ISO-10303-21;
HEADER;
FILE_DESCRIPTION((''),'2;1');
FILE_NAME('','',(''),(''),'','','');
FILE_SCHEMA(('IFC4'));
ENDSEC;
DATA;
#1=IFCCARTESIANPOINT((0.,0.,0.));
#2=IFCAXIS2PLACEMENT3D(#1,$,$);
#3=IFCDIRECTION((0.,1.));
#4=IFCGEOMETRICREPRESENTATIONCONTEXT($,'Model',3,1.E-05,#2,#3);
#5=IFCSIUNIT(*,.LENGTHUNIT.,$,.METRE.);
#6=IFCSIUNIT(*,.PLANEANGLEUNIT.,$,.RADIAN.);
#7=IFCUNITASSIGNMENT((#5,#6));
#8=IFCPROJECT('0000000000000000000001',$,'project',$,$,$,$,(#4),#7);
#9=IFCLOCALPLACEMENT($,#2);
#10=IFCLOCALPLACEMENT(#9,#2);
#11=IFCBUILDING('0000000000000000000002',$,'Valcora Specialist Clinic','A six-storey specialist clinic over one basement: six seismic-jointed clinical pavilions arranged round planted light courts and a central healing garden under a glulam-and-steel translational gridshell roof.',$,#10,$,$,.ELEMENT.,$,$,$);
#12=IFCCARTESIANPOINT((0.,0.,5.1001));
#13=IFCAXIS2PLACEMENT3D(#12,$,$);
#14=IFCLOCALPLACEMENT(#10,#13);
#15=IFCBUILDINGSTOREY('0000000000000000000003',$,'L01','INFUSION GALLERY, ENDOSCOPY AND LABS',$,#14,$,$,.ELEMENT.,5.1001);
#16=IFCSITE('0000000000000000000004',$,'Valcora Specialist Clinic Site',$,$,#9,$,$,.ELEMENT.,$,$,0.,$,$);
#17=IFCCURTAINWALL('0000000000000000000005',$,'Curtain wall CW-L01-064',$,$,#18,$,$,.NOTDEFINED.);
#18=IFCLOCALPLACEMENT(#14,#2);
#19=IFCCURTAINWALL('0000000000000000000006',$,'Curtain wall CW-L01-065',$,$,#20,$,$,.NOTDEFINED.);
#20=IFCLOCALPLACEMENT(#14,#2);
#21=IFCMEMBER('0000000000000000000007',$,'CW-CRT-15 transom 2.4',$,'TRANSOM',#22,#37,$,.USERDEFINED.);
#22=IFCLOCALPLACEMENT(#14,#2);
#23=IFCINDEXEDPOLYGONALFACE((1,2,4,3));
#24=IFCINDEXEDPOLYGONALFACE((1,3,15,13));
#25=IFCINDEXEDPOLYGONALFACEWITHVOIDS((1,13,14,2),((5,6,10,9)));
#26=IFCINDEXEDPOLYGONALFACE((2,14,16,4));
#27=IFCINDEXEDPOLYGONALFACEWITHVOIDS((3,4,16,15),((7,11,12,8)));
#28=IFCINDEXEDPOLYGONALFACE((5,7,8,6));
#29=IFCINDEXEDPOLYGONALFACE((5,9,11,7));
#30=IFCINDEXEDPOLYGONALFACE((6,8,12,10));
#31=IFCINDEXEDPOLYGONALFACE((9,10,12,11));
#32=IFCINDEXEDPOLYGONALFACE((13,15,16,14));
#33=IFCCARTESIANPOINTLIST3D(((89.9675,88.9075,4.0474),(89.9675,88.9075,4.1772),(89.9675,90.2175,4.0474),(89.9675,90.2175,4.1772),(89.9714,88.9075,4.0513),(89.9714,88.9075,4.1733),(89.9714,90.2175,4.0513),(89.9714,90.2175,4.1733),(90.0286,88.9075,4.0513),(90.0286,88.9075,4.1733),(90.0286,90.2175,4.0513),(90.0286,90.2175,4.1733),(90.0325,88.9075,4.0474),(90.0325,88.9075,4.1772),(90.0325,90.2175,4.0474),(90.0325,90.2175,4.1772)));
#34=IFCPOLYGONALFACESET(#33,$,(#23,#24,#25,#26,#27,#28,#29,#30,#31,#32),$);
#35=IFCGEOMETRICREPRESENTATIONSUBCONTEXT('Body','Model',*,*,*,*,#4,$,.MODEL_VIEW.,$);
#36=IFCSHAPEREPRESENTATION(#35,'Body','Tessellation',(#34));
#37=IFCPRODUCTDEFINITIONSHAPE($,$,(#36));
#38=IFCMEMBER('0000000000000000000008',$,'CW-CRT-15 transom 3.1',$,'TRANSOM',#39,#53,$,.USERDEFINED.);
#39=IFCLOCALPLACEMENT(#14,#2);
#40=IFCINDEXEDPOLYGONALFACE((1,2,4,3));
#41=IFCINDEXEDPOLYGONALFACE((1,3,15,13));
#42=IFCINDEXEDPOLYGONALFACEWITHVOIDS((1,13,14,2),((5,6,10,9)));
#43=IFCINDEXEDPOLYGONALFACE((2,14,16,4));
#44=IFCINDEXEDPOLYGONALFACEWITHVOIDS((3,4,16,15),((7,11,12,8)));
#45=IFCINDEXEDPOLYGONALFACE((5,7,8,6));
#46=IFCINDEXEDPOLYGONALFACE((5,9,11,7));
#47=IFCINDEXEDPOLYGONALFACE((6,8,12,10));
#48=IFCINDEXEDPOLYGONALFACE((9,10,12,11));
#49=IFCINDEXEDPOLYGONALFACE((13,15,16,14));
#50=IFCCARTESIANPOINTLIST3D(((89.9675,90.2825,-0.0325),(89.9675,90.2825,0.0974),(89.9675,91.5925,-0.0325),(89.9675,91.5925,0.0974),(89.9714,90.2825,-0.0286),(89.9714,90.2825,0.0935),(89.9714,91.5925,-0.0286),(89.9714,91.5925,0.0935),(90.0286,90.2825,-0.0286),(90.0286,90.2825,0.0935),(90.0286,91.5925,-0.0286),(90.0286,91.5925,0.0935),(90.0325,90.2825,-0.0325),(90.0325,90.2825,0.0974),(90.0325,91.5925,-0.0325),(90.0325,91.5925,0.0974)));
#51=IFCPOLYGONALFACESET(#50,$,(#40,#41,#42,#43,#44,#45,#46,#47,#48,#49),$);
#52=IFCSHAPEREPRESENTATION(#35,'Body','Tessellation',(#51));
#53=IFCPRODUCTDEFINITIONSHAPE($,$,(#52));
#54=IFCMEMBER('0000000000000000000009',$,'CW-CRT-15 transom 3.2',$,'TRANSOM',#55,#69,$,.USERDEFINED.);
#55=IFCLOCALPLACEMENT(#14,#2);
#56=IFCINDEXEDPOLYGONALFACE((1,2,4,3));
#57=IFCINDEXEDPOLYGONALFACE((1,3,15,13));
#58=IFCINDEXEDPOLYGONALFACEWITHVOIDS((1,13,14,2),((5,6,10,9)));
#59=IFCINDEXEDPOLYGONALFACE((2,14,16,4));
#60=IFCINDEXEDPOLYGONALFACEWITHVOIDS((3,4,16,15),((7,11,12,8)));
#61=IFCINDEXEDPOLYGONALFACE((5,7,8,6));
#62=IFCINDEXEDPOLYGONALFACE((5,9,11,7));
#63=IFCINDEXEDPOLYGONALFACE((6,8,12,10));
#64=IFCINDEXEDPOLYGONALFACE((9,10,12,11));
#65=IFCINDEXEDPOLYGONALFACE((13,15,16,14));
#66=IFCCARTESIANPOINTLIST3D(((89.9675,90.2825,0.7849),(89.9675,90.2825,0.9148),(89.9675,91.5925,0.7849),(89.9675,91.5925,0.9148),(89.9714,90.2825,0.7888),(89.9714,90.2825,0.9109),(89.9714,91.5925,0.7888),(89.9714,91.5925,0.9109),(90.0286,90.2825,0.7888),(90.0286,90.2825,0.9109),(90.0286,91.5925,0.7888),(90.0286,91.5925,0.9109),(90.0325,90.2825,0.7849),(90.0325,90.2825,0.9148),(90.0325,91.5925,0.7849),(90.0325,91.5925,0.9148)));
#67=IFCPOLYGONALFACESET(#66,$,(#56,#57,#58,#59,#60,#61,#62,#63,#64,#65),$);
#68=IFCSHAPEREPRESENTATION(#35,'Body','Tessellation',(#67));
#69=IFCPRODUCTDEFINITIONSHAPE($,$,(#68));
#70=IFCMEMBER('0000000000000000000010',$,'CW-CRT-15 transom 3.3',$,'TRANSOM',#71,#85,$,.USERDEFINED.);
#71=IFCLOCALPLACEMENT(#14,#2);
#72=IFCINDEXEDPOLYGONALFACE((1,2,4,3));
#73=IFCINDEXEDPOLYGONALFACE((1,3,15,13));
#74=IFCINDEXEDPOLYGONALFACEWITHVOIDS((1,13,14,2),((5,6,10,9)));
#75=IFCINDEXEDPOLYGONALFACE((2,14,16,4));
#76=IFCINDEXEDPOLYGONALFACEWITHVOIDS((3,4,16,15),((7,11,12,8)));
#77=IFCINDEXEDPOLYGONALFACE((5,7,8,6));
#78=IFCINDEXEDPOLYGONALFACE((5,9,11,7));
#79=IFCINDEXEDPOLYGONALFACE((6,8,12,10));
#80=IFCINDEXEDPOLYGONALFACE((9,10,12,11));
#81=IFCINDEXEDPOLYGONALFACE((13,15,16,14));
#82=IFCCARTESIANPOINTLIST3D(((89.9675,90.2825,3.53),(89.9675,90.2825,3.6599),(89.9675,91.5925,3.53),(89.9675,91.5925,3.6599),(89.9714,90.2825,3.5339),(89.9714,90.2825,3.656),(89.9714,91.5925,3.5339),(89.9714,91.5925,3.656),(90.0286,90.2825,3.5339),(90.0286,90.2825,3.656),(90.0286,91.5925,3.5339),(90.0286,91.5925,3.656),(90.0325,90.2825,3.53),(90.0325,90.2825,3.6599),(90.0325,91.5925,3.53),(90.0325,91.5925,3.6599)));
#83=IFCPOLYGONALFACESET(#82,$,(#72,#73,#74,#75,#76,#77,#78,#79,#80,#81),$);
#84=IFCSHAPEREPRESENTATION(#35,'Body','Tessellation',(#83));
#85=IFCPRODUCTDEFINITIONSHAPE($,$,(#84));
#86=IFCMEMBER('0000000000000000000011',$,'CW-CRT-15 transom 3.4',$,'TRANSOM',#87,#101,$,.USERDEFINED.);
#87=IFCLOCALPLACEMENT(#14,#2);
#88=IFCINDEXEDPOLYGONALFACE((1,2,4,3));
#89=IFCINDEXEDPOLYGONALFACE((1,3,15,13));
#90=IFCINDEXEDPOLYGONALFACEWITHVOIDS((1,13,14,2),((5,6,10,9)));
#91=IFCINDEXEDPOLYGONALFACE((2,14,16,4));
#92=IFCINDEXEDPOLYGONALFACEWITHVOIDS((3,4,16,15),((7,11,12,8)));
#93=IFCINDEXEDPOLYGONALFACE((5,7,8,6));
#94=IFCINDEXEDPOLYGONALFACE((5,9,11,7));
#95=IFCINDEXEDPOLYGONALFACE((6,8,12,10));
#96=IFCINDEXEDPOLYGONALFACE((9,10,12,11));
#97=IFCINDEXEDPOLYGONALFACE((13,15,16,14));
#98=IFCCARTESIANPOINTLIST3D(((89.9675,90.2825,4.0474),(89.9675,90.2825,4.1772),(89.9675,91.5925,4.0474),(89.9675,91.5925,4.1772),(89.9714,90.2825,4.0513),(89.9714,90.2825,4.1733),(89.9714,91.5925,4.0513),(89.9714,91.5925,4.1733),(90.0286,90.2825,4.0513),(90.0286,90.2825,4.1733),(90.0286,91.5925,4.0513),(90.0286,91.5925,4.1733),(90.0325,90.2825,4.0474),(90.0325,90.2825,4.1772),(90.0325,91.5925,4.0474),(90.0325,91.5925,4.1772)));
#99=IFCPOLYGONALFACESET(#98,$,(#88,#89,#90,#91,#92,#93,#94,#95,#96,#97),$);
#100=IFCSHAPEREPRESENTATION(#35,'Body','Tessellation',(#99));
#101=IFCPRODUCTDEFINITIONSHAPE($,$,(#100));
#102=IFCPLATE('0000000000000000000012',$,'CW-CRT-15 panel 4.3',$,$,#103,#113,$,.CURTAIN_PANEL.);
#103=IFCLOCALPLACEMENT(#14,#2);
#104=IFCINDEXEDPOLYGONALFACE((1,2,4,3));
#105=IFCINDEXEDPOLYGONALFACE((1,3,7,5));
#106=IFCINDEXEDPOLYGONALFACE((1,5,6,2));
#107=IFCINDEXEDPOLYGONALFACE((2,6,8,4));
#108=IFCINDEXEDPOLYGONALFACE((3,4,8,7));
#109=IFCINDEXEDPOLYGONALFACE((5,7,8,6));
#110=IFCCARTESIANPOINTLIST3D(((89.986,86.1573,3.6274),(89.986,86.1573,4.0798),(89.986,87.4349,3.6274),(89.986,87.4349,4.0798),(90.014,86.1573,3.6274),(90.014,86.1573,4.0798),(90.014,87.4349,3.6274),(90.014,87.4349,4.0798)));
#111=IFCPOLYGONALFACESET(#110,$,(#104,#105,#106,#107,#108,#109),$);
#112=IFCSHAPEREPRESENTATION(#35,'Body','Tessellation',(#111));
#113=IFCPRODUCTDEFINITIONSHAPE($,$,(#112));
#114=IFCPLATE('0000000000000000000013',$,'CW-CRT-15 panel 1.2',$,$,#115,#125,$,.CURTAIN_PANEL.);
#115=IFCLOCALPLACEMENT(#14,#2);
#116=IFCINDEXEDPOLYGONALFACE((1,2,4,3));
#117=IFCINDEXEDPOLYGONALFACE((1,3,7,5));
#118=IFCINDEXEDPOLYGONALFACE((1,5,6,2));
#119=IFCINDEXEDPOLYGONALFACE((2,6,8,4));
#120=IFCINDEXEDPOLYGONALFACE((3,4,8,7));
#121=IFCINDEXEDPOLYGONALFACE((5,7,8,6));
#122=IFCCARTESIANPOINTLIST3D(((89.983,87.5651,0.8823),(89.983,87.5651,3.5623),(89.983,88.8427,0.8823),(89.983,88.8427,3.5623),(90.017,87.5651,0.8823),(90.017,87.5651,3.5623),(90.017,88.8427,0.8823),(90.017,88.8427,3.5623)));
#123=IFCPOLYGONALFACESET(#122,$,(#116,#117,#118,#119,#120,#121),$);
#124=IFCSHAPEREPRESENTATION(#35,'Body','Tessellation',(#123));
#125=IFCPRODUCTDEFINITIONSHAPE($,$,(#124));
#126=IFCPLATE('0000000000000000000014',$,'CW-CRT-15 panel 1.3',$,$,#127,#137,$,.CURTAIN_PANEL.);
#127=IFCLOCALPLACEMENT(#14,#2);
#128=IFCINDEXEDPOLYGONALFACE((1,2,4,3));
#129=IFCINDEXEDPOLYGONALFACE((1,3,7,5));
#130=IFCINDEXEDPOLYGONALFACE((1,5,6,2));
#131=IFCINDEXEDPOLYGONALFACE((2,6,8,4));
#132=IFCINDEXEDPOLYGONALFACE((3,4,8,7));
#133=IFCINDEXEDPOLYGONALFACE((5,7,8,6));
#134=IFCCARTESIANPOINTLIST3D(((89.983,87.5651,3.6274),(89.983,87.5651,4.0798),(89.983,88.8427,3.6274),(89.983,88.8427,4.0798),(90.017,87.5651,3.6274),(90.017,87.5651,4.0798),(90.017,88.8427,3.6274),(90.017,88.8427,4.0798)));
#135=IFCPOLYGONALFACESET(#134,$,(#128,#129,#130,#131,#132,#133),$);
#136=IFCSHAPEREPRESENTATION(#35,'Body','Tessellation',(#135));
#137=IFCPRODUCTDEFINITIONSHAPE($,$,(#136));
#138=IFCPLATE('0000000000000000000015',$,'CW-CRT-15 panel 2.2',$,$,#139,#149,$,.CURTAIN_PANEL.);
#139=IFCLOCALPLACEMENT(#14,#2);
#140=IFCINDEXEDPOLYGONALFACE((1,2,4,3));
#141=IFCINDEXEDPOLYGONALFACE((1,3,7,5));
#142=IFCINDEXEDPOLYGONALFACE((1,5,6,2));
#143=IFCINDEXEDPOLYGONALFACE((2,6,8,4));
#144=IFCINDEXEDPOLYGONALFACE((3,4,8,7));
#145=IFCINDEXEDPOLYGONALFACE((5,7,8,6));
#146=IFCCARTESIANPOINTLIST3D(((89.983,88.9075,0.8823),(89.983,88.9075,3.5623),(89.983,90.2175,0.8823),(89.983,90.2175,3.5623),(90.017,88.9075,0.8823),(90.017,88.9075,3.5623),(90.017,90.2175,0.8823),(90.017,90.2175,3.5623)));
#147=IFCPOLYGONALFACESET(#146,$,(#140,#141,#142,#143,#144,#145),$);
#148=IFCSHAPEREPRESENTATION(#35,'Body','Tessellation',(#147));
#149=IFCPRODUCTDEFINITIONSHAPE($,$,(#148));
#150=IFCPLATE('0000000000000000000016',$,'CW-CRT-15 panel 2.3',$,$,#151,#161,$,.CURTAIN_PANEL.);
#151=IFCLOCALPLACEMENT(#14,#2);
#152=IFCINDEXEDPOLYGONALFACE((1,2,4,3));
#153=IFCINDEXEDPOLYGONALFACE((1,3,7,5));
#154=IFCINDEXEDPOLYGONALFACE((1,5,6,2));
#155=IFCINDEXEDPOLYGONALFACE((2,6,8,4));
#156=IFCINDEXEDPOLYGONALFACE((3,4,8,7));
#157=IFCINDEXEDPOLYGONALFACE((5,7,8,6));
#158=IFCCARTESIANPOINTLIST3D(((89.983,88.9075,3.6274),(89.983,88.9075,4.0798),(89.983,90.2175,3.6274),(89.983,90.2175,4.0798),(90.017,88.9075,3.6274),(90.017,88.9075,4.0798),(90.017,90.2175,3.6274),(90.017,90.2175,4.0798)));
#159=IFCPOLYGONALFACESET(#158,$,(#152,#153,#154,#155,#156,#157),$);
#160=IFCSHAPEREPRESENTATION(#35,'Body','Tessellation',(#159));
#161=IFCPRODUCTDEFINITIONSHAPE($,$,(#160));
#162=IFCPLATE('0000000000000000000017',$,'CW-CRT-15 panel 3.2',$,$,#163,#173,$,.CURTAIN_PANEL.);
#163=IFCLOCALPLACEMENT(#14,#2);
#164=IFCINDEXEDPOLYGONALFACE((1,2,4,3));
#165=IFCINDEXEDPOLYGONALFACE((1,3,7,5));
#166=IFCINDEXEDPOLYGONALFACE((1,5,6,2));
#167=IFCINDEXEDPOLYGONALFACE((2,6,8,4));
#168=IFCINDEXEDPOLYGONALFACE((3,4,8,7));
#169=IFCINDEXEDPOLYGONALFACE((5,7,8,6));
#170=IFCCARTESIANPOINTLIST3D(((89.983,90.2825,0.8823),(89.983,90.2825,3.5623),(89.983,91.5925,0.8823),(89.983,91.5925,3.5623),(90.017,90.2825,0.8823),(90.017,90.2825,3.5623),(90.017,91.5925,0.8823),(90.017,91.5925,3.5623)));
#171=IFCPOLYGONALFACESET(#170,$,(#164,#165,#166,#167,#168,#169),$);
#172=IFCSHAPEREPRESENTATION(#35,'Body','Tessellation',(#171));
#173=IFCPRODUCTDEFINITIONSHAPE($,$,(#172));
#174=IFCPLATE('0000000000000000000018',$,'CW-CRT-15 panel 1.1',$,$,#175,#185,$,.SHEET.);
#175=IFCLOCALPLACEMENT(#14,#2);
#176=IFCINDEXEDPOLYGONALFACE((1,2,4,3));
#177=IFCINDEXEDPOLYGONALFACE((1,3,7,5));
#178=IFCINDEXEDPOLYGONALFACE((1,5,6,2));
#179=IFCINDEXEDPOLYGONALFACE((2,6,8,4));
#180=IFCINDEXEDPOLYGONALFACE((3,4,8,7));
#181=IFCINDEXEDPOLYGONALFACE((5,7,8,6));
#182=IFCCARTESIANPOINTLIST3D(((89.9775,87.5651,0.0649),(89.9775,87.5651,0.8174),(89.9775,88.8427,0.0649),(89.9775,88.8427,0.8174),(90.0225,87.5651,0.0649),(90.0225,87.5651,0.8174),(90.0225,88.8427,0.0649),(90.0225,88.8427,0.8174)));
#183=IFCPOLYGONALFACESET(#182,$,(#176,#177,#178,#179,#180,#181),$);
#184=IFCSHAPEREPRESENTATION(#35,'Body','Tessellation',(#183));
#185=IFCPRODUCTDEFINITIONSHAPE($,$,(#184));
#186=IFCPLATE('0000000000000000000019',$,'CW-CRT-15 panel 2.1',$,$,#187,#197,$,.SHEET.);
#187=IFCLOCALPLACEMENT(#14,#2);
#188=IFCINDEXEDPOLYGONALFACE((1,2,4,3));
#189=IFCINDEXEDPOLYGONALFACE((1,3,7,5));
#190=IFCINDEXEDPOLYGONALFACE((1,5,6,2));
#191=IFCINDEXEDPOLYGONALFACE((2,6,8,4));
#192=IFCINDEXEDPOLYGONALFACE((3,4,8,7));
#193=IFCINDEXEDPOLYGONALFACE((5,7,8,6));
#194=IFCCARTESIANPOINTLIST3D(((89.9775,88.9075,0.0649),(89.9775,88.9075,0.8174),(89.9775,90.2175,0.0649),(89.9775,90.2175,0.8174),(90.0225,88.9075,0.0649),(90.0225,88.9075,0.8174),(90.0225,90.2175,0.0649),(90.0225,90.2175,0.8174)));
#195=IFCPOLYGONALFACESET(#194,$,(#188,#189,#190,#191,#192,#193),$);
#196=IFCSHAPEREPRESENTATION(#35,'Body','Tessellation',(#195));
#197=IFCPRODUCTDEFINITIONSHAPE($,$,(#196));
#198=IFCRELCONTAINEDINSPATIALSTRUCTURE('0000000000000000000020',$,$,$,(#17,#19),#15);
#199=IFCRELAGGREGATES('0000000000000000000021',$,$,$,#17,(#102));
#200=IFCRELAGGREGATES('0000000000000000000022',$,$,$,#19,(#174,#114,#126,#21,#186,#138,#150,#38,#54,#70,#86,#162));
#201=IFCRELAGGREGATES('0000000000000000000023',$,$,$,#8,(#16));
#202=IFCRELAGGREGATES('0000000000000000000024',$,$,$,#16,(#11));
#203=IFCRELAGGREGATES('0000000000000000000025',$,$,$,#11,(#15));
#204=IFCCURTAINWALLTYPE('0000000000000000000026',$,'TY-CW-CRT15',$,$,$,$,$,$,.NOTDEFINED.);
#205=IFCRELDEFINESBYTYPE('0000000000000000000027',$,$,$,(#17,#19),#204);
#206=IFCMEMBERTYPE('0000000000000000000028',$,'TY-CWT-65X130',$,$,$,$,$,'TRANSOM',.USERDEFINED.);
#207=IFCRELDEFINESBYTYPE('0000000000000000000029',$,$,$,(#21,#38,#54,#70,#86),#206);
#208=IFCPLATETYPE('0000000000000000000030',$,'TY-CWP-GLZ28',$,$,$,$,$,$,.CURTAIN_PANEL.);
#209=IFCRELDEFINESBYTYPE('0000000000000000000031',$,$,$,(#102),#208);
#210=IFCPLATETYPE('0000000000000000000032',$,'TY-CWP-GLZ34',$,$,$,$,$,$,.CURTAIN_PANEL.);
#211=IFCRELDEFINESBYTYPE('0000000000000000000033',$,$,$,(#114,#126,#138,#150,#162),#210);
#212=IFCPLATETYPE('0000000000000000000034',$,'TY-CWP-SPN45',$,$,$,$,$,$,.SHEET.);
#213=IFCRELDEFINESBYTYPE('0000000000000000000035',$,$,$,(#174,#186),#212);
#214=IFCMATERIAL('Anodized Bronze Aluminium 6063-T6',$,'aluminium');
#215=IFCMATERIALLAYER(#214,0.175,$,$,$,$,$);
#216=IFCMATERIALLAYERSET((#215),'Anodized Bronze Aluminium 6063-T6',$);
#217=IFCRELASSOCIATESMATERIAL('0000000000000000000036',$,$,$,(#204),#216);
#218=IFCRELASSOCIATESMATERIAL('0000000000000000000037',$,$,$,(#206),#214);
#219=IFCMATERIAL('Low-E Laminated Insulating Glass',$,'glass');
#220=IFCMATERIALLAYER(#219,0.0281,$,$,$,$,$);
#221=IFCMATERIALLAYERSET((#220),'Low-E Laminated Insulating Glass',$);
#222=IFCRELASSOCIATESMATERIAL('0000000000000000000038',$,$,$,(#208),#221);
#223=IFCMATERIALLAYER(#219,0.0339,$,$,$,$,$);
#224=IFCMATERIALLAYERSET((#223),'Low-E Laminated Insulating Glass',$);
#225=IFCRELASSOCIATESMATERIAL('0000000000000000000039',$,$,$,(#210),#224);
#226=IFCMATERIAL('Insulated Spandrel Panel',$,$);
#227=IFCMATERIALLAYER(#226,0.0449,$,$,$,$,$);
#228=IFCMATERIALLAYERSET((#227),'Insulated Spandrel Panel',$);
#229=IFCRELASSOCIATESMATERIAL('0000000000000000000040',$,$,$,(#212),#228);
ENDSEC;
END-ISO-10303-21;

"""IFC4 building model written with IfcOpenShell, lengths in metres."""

from ifc_helpers import new_model, si_unit, direction, frame, origin, origin_2d, place, context, subcontext, project, spatial, rectangle, hollow_rectangle, extrude, material, layer, layer_set, material_profile, profile_set, type_object, element, aggregate, save


model = new_model("IFC4")

# Units and contexts
model_context = context("Model", 3, precision=1e-05, world=origin(), true_north=direction((0.0, 1.0)))
body_context = subcontext(model_context, "Body", "Model", "MODEL_VIEW")
ifc_project = project(units=[si_unit("LENGTHUNIT", "METRE"), si_unit("PLANEANGLEUNIT", "RADIAN")], contexts=[model_context])

# Site, building, storey
site_placement = place(None, origin())
site = spatial("IfcSite", under=ifc_project, at=site_placement, Name="Valcora Specialist Clinic Site", CompositionType="ELEMENT", RefElevation=0.0)
building_placement = place(site_placement, origin())
building = spatial("IfcBuilding", under=site, at=building_placement, Name="Valcora Specialist Clinic", Description="A six-storey specialist clinic over one basement: six seismic-jointed clinical pavilions arranged round planted light courts and a central healing garden under a glulam-and-steel translational gridshell roof.", CompositionType="ELEMENT")
storey_placement = place(building_placement, frame((0.0, 0.0, 5.1001)))
storey = spatial("IfcBuildingStorey", under=building, at=storey_placement, Name="L01", Description="INFUSION GALLERY, ENDOSCOPY AND LABS", CompositionType="ELEMENT", Elevation=5.1001)

# Curtain wall
ifc_material_1 = material(Name="Anodized Bronze Aluminium 6063-T6", Category="aluminium")
ifc_layer_1 = layer(ifc_material_1, 0.175)
ifc_layer_set_1 = layer_set([ifc_layer_1], Name="Anodized Bronze Aluminium 6063-T6")
curtain_wall_type = type_object("IfcCurtainWallType", Name="TY-CW-CRT15", PredefinedType="NOTDEFINED", material=ifc_layer_set_1)
curtain_wall_1_placement = place(storey_placement, origin())
curtain_wall_1 = element("IfcCurtainWall", 1, at=curtain_wall_1_placement, inside=storey, type_object=curtain_wall_type, Name="Curtain wall CW-L01-064", PredefinedType="NOTDEFINED")

# Curtain wall, members
curtain_wall_2_placement = place(storey_placement, origin())
curtain_wall_2 = element("IfcCurtainWall", 2, at=curtain_wall_2_placement, inside=storey, type_object=curtain_wall_type, Name="Curtain wall CW-L01-065", PredefinedType="NOTDEFINED")
ifc_material_profile_1 = material_profile(ifc_material_1, hollow_rectangle(XDim=0.0649, YDim=0.1299, WallThickness=0.0039, at=origin_2d()), Name="AL-TRN-65X130")
ifc_profile_set_1 = profile_set([ifc_material_profile_1], Name="Anodized Bronze Aluminium 6063-T6")
member_type_1 = type_object("IfcMemberType", Name="TY-CWT-65X130", ElementType="TRANSOM", PredefinedType="USERDEFINED", material=ifc_profile_set_1)
member_1_placement = place(storey_placement, frame((90.0, 88.9075, 4.1123), z_axis=(0.0, 1.0, 0.0), x_axis=(-1.0, 0.0, 0.0)))
member_1 = element("IfcMember", 3, at=member_1_placement, type_object=member_type_1, Name="CW-CRT-15 transom 2.4", ObjectType="TRANSOM", PredefinedType="USERDEFINED", context=body_context, shape_type="SweptSolid", body=[
    extrude(hollow_rectangle(XDim=0.0649, YDim=0.1299, WallThickness=0.0039, at=origin_2d()), origin(), (0.0, 0.0, 1.0), 1.3101),
])
member_2_placement = place(storey_placement, frame((90.0, 90.2825, 0.0325), z_axis=(0.0, 1.0, 0.0), x_axis=(-1.0, 0.0, 0.0)))
member_2 = element("IfcMember", 4, at=member_2_placement, type_object=member_type_1, Name="CW-CRT-15 transom 3.1", ObjectType="TRANSOM", PredefinedType="USERDEFINED", context=body_context, shape_type="SweptSolid", body=[
    extrude(hollow_rectangle(XDim=0.0649, YDim=0.1299, WallThickness=0.0039, at=origin_2d()), origin(), (0.0, 0.0, 1.0), 1.3101),
])
member_3_placement = place(storey_placement, frame((90.0, 90.2825, 0.8499), z_axis=(0.0, 1.0, 0.0), x_axis=(-1.0, 0.0, 0.0)))
member_3 = element("IfcMember", 5, at=member_3_placement, type_object=member_type_1, Name="CW-CRT-15 transom 3.2", ObjectType="TRANSOM", PredefinedType="USERDEFINED", context=body_context, shape_type="SweptSolid", body=[
    extrude(hollow_rectangle(XDim=0.0649, YDim=0.1299, WallThickness=0.0039, at=origin_2d()), origin(), (0.0, 0.0, 1.0), 1.3101),
])
member_4_placement = place(storey_placement, frame((90.0, 90.2825, 3.595), z_axis=(0.0, 1.0, 0.0), x_axis=(-1.0, 0.0, 0.0)))
member_4 = element("IfcMember", 6, at=member_4_placement, type_object=member_type_1, Name="CW-CRT-15 transom 3.3", ObjectType="TRANSOM", PredefinedType="USERDEFINED", context=body_context, shape_type="SweptSolid", body=[
    extrude(hollow_rectangle(XDim=0.0649, YDim=0.1299, WallThickness=0.0039, at=origin_2d()), origin(), (0.0, 0.0, 1.0), 1.3101),
])
member_5_placement = place(storey_placement, frame((90.0, 90.2825, 4.1123), z_axis=(0.0, 1.0, 0.0), x_axis=(-1.0, 0.0, 0.0)))
member_5 = element("IfcMember", 7, at=member_5_placement, type_object=member_type_1, Name="CW-CRT-15 transom 3.4", ObjectType="TRANSOM", PredefinedType="USERDEFINED", context=body_context, shape_type="SweptSolid", body=[
    extrude(hollow_rectangle(XDim=0.0649, YDim=0.1299, WallThickness=0.0039, at=origin_2d()), origin(), (0.0, 0.0, 1.0), 1.3101),
])

# Plates
ifc_material_2 = material(Name="Low-E Laminated Insulating Glass", Category="glass")
ifc_layer_2 = layer(ifc_material_2, 0.0281)
ifc_layer_set_2 = layer_set([ifc_layer_2], Name="Low-E Laminated Insulating Glass")
plate_type_1 = type_object("IfcPlateType", Name="TY-CWP-GLZ28", PredefinedType="CURTAIN_PANEL", material=ifc_layer_set_2)
plate_1_placement = place(storey_placement, frame((90.0, 86.7961, 3.6274), z_axis=(0.0, 0.0, 1.0), x_axis=(0.0, 1.0, 0.0)))
plate_1 = element("IfcPlate", 8, at=plate_1_placement, type_object=plate_type_1, Name="CW-CRT-15 panel 4.3", PredefinedType="CURTAIN_PANEL", context=body_context, shape_type="SweptSolid", body=[
    extrude(rectangle(XDim=1.2776, YDim=0.0281, at=origin_2d()), origin(), (0.0, 0.0, 1.0), 0.4524),
])
aggregate(curtain_wall_1, [plate_1])
ifc_layer_3 = layer(ifc_material_2, 0.0339)
ifc_layer_set_3 = layer_set([ifc_layer_3], Name="Low-E Laminated Insulating Glass")
plate_type_2 = type_object("IfcPlateType", Name="TY-CWP-GLZ34", PredefinedType="CURTAIN_PANEL", material=ifc_layer_set_3)
plate_2_placement = place(storey_placement, frame((90.0, 88.2039, 0.8823), z_axis=(0.0, 0.0, 1.0), x_axis=(0.0, 1.0, 0.0)))
plate_2 = element("IfcPlate", 9, at=plate_2_placement, type_object=plate_type_2, Name="CW-CRT-15 panel 1.2", PredefinedType="CURTAIN_PANEL", context=body_context, shape_type="SweptSolid", body=[
    extrude(rectangle(XDim=1.2776, YDim=0.0339, at=origin_2d()), origin(), (0.0, 0.0, 1.0), 2.6799),
])
plate_3_placement = place(storey_placement, frame((90.0, 88.2039, 3.6274), z_axis=(0.0, 0.0, 1.0), x_axis=(0.0, 1.0, 0.0)))
plate_3 = element("IfcPlate", 10, at=plate_3_placement, type_object=plate_type_2, Name="CW-CRT-15 panel 1.3", PredefinedType="CURTAIN_PANEL", context=body_context, shape_type="SweptSolid", body=[
    extrude(rectangle(XDim=1.2776, YDim=0.0339, at=origin_2d()), origin(), (0.0, 0.0, 1.0), 0.4524),
])
plate_4_placement = place(storey_placement, frame((90.0, 89.5625, 0.8823), z_axis=(0.0, 0.0, 1.0), x_axis=(0.0, 1.0, 0.0)))
plate_4 = element("IfcPlate", 11, at=plate_4_placement, type_object=plate_type_2, Name="CW-CRT-15 panel 2.2", PredefinedType="CURTAIN_PANEL", context=body_context, shape_type="SweptSolid", body=[
    extrude(rectangle(XDim=1.3101, YDim=0.0339, at=origin_2d()), origin(), (0.0, 0.0, 1.0), 2.6799),
])
plate_5_placement = place(storey_placement, frame((90.0, 89.5625, 3.6274), z_axis=(0.0, 0.0, 1.0), x_axis=(0.0, 1.0, 0.0)))
plate_5 = element("IfcPlate", 12, at=plate_5_placement, type_object=plate_type_2, Name="CW-CRT-15 panel 2.3", PredefinedType="CURTAIN_PANEL", context=body_context, shape_type="SweptSolid", body=[
    extrude(rectangle(XDim=1.3101, YDim=0.0339, at=origin_2d()), origin(), (0.0, 0.0, 1.0), 0.4524),
])
plate_6_placement = place(storey_placement, frame((90.0, 90.9375, 0.8823), z_axis=(0.0, 0.0, 1.0), x_axis=(0.0, 1.0, 0.0)))
plate_6 = element("IfcPlate", 13, at=plate_6_placement, type_object=plate_type_2, Name="CW-CRT-15 panel 3.2", PredefinedType="CURTAIN_PANEL", context=body_context, shape_type="SweptSolid", body=[
    extrude(rectangle(XDim=1.3101, YDim=0.0339, at=origin_2d()), origin(), (0.0, 0.0, 1.0), 2.6799),
])
ifc_material_3 = material(Name="Insulated Spandrel Panel")
ifc_layer_4 = layer(ifc_material_3, 0.0449)
ifc_layer_set_4 = layer_set([ifc_layer_4], Name="Insulated Spandrel Panel")
plate_type_3 = type_object("IfcPlateType", Name="TY-CWP-SPN45", PredefinedType="SHEET", material=ifc_layer_set_4)
plate_7_placement = place(storey_placement, frame((90.0, 88.2039, 0.0649), z_axis=(0.0, 0.0, 1.0), x_axis=(0.0, 1.0, 0.0)))
plate_7 = element("IfcPlate", 14, at=plate_7_placement, type_object=plate_type_3, Name="CW-CRT-15 panel 1.1", PredefinedType="SHEET", context=body_context, shape_type="SweptSolid", body=[
    extrude(rectangle(XDim=1.2776, YDim=0.0449, at=origin_2d()), origin(), (0.0, 0.0, 1.0), 0.7524),
])
plate_8_placement = place(storey_placement, frame((90.0, 89.5625, 0.0649), z_axis=(0.0, 0.0, 1.0), x_axis=(0.0, 1.0, 0.0)))
plate_8 = element("IfcPlate", 15, at=plate_8_placement, type_object=plate_type_3, Name="CW-CRT-15 panel 2.1", PredefinedType="SHEET", context=body_context, shape_type="SweptSolid", body=[
    extrude(rectangle(XDim=1.3101, YDim=0.0449, at=origin_2d()), origin(), (0.0, 0.0, 1.0), 0.7524),
])
aggregate(curtain_wall_2, [plate_7, plate_2, plate_3, member_1, plate_8, plate_4, plate_5, member_2, member_3, member_4, member_5, plate_6])

save(model, "model.ifc")
